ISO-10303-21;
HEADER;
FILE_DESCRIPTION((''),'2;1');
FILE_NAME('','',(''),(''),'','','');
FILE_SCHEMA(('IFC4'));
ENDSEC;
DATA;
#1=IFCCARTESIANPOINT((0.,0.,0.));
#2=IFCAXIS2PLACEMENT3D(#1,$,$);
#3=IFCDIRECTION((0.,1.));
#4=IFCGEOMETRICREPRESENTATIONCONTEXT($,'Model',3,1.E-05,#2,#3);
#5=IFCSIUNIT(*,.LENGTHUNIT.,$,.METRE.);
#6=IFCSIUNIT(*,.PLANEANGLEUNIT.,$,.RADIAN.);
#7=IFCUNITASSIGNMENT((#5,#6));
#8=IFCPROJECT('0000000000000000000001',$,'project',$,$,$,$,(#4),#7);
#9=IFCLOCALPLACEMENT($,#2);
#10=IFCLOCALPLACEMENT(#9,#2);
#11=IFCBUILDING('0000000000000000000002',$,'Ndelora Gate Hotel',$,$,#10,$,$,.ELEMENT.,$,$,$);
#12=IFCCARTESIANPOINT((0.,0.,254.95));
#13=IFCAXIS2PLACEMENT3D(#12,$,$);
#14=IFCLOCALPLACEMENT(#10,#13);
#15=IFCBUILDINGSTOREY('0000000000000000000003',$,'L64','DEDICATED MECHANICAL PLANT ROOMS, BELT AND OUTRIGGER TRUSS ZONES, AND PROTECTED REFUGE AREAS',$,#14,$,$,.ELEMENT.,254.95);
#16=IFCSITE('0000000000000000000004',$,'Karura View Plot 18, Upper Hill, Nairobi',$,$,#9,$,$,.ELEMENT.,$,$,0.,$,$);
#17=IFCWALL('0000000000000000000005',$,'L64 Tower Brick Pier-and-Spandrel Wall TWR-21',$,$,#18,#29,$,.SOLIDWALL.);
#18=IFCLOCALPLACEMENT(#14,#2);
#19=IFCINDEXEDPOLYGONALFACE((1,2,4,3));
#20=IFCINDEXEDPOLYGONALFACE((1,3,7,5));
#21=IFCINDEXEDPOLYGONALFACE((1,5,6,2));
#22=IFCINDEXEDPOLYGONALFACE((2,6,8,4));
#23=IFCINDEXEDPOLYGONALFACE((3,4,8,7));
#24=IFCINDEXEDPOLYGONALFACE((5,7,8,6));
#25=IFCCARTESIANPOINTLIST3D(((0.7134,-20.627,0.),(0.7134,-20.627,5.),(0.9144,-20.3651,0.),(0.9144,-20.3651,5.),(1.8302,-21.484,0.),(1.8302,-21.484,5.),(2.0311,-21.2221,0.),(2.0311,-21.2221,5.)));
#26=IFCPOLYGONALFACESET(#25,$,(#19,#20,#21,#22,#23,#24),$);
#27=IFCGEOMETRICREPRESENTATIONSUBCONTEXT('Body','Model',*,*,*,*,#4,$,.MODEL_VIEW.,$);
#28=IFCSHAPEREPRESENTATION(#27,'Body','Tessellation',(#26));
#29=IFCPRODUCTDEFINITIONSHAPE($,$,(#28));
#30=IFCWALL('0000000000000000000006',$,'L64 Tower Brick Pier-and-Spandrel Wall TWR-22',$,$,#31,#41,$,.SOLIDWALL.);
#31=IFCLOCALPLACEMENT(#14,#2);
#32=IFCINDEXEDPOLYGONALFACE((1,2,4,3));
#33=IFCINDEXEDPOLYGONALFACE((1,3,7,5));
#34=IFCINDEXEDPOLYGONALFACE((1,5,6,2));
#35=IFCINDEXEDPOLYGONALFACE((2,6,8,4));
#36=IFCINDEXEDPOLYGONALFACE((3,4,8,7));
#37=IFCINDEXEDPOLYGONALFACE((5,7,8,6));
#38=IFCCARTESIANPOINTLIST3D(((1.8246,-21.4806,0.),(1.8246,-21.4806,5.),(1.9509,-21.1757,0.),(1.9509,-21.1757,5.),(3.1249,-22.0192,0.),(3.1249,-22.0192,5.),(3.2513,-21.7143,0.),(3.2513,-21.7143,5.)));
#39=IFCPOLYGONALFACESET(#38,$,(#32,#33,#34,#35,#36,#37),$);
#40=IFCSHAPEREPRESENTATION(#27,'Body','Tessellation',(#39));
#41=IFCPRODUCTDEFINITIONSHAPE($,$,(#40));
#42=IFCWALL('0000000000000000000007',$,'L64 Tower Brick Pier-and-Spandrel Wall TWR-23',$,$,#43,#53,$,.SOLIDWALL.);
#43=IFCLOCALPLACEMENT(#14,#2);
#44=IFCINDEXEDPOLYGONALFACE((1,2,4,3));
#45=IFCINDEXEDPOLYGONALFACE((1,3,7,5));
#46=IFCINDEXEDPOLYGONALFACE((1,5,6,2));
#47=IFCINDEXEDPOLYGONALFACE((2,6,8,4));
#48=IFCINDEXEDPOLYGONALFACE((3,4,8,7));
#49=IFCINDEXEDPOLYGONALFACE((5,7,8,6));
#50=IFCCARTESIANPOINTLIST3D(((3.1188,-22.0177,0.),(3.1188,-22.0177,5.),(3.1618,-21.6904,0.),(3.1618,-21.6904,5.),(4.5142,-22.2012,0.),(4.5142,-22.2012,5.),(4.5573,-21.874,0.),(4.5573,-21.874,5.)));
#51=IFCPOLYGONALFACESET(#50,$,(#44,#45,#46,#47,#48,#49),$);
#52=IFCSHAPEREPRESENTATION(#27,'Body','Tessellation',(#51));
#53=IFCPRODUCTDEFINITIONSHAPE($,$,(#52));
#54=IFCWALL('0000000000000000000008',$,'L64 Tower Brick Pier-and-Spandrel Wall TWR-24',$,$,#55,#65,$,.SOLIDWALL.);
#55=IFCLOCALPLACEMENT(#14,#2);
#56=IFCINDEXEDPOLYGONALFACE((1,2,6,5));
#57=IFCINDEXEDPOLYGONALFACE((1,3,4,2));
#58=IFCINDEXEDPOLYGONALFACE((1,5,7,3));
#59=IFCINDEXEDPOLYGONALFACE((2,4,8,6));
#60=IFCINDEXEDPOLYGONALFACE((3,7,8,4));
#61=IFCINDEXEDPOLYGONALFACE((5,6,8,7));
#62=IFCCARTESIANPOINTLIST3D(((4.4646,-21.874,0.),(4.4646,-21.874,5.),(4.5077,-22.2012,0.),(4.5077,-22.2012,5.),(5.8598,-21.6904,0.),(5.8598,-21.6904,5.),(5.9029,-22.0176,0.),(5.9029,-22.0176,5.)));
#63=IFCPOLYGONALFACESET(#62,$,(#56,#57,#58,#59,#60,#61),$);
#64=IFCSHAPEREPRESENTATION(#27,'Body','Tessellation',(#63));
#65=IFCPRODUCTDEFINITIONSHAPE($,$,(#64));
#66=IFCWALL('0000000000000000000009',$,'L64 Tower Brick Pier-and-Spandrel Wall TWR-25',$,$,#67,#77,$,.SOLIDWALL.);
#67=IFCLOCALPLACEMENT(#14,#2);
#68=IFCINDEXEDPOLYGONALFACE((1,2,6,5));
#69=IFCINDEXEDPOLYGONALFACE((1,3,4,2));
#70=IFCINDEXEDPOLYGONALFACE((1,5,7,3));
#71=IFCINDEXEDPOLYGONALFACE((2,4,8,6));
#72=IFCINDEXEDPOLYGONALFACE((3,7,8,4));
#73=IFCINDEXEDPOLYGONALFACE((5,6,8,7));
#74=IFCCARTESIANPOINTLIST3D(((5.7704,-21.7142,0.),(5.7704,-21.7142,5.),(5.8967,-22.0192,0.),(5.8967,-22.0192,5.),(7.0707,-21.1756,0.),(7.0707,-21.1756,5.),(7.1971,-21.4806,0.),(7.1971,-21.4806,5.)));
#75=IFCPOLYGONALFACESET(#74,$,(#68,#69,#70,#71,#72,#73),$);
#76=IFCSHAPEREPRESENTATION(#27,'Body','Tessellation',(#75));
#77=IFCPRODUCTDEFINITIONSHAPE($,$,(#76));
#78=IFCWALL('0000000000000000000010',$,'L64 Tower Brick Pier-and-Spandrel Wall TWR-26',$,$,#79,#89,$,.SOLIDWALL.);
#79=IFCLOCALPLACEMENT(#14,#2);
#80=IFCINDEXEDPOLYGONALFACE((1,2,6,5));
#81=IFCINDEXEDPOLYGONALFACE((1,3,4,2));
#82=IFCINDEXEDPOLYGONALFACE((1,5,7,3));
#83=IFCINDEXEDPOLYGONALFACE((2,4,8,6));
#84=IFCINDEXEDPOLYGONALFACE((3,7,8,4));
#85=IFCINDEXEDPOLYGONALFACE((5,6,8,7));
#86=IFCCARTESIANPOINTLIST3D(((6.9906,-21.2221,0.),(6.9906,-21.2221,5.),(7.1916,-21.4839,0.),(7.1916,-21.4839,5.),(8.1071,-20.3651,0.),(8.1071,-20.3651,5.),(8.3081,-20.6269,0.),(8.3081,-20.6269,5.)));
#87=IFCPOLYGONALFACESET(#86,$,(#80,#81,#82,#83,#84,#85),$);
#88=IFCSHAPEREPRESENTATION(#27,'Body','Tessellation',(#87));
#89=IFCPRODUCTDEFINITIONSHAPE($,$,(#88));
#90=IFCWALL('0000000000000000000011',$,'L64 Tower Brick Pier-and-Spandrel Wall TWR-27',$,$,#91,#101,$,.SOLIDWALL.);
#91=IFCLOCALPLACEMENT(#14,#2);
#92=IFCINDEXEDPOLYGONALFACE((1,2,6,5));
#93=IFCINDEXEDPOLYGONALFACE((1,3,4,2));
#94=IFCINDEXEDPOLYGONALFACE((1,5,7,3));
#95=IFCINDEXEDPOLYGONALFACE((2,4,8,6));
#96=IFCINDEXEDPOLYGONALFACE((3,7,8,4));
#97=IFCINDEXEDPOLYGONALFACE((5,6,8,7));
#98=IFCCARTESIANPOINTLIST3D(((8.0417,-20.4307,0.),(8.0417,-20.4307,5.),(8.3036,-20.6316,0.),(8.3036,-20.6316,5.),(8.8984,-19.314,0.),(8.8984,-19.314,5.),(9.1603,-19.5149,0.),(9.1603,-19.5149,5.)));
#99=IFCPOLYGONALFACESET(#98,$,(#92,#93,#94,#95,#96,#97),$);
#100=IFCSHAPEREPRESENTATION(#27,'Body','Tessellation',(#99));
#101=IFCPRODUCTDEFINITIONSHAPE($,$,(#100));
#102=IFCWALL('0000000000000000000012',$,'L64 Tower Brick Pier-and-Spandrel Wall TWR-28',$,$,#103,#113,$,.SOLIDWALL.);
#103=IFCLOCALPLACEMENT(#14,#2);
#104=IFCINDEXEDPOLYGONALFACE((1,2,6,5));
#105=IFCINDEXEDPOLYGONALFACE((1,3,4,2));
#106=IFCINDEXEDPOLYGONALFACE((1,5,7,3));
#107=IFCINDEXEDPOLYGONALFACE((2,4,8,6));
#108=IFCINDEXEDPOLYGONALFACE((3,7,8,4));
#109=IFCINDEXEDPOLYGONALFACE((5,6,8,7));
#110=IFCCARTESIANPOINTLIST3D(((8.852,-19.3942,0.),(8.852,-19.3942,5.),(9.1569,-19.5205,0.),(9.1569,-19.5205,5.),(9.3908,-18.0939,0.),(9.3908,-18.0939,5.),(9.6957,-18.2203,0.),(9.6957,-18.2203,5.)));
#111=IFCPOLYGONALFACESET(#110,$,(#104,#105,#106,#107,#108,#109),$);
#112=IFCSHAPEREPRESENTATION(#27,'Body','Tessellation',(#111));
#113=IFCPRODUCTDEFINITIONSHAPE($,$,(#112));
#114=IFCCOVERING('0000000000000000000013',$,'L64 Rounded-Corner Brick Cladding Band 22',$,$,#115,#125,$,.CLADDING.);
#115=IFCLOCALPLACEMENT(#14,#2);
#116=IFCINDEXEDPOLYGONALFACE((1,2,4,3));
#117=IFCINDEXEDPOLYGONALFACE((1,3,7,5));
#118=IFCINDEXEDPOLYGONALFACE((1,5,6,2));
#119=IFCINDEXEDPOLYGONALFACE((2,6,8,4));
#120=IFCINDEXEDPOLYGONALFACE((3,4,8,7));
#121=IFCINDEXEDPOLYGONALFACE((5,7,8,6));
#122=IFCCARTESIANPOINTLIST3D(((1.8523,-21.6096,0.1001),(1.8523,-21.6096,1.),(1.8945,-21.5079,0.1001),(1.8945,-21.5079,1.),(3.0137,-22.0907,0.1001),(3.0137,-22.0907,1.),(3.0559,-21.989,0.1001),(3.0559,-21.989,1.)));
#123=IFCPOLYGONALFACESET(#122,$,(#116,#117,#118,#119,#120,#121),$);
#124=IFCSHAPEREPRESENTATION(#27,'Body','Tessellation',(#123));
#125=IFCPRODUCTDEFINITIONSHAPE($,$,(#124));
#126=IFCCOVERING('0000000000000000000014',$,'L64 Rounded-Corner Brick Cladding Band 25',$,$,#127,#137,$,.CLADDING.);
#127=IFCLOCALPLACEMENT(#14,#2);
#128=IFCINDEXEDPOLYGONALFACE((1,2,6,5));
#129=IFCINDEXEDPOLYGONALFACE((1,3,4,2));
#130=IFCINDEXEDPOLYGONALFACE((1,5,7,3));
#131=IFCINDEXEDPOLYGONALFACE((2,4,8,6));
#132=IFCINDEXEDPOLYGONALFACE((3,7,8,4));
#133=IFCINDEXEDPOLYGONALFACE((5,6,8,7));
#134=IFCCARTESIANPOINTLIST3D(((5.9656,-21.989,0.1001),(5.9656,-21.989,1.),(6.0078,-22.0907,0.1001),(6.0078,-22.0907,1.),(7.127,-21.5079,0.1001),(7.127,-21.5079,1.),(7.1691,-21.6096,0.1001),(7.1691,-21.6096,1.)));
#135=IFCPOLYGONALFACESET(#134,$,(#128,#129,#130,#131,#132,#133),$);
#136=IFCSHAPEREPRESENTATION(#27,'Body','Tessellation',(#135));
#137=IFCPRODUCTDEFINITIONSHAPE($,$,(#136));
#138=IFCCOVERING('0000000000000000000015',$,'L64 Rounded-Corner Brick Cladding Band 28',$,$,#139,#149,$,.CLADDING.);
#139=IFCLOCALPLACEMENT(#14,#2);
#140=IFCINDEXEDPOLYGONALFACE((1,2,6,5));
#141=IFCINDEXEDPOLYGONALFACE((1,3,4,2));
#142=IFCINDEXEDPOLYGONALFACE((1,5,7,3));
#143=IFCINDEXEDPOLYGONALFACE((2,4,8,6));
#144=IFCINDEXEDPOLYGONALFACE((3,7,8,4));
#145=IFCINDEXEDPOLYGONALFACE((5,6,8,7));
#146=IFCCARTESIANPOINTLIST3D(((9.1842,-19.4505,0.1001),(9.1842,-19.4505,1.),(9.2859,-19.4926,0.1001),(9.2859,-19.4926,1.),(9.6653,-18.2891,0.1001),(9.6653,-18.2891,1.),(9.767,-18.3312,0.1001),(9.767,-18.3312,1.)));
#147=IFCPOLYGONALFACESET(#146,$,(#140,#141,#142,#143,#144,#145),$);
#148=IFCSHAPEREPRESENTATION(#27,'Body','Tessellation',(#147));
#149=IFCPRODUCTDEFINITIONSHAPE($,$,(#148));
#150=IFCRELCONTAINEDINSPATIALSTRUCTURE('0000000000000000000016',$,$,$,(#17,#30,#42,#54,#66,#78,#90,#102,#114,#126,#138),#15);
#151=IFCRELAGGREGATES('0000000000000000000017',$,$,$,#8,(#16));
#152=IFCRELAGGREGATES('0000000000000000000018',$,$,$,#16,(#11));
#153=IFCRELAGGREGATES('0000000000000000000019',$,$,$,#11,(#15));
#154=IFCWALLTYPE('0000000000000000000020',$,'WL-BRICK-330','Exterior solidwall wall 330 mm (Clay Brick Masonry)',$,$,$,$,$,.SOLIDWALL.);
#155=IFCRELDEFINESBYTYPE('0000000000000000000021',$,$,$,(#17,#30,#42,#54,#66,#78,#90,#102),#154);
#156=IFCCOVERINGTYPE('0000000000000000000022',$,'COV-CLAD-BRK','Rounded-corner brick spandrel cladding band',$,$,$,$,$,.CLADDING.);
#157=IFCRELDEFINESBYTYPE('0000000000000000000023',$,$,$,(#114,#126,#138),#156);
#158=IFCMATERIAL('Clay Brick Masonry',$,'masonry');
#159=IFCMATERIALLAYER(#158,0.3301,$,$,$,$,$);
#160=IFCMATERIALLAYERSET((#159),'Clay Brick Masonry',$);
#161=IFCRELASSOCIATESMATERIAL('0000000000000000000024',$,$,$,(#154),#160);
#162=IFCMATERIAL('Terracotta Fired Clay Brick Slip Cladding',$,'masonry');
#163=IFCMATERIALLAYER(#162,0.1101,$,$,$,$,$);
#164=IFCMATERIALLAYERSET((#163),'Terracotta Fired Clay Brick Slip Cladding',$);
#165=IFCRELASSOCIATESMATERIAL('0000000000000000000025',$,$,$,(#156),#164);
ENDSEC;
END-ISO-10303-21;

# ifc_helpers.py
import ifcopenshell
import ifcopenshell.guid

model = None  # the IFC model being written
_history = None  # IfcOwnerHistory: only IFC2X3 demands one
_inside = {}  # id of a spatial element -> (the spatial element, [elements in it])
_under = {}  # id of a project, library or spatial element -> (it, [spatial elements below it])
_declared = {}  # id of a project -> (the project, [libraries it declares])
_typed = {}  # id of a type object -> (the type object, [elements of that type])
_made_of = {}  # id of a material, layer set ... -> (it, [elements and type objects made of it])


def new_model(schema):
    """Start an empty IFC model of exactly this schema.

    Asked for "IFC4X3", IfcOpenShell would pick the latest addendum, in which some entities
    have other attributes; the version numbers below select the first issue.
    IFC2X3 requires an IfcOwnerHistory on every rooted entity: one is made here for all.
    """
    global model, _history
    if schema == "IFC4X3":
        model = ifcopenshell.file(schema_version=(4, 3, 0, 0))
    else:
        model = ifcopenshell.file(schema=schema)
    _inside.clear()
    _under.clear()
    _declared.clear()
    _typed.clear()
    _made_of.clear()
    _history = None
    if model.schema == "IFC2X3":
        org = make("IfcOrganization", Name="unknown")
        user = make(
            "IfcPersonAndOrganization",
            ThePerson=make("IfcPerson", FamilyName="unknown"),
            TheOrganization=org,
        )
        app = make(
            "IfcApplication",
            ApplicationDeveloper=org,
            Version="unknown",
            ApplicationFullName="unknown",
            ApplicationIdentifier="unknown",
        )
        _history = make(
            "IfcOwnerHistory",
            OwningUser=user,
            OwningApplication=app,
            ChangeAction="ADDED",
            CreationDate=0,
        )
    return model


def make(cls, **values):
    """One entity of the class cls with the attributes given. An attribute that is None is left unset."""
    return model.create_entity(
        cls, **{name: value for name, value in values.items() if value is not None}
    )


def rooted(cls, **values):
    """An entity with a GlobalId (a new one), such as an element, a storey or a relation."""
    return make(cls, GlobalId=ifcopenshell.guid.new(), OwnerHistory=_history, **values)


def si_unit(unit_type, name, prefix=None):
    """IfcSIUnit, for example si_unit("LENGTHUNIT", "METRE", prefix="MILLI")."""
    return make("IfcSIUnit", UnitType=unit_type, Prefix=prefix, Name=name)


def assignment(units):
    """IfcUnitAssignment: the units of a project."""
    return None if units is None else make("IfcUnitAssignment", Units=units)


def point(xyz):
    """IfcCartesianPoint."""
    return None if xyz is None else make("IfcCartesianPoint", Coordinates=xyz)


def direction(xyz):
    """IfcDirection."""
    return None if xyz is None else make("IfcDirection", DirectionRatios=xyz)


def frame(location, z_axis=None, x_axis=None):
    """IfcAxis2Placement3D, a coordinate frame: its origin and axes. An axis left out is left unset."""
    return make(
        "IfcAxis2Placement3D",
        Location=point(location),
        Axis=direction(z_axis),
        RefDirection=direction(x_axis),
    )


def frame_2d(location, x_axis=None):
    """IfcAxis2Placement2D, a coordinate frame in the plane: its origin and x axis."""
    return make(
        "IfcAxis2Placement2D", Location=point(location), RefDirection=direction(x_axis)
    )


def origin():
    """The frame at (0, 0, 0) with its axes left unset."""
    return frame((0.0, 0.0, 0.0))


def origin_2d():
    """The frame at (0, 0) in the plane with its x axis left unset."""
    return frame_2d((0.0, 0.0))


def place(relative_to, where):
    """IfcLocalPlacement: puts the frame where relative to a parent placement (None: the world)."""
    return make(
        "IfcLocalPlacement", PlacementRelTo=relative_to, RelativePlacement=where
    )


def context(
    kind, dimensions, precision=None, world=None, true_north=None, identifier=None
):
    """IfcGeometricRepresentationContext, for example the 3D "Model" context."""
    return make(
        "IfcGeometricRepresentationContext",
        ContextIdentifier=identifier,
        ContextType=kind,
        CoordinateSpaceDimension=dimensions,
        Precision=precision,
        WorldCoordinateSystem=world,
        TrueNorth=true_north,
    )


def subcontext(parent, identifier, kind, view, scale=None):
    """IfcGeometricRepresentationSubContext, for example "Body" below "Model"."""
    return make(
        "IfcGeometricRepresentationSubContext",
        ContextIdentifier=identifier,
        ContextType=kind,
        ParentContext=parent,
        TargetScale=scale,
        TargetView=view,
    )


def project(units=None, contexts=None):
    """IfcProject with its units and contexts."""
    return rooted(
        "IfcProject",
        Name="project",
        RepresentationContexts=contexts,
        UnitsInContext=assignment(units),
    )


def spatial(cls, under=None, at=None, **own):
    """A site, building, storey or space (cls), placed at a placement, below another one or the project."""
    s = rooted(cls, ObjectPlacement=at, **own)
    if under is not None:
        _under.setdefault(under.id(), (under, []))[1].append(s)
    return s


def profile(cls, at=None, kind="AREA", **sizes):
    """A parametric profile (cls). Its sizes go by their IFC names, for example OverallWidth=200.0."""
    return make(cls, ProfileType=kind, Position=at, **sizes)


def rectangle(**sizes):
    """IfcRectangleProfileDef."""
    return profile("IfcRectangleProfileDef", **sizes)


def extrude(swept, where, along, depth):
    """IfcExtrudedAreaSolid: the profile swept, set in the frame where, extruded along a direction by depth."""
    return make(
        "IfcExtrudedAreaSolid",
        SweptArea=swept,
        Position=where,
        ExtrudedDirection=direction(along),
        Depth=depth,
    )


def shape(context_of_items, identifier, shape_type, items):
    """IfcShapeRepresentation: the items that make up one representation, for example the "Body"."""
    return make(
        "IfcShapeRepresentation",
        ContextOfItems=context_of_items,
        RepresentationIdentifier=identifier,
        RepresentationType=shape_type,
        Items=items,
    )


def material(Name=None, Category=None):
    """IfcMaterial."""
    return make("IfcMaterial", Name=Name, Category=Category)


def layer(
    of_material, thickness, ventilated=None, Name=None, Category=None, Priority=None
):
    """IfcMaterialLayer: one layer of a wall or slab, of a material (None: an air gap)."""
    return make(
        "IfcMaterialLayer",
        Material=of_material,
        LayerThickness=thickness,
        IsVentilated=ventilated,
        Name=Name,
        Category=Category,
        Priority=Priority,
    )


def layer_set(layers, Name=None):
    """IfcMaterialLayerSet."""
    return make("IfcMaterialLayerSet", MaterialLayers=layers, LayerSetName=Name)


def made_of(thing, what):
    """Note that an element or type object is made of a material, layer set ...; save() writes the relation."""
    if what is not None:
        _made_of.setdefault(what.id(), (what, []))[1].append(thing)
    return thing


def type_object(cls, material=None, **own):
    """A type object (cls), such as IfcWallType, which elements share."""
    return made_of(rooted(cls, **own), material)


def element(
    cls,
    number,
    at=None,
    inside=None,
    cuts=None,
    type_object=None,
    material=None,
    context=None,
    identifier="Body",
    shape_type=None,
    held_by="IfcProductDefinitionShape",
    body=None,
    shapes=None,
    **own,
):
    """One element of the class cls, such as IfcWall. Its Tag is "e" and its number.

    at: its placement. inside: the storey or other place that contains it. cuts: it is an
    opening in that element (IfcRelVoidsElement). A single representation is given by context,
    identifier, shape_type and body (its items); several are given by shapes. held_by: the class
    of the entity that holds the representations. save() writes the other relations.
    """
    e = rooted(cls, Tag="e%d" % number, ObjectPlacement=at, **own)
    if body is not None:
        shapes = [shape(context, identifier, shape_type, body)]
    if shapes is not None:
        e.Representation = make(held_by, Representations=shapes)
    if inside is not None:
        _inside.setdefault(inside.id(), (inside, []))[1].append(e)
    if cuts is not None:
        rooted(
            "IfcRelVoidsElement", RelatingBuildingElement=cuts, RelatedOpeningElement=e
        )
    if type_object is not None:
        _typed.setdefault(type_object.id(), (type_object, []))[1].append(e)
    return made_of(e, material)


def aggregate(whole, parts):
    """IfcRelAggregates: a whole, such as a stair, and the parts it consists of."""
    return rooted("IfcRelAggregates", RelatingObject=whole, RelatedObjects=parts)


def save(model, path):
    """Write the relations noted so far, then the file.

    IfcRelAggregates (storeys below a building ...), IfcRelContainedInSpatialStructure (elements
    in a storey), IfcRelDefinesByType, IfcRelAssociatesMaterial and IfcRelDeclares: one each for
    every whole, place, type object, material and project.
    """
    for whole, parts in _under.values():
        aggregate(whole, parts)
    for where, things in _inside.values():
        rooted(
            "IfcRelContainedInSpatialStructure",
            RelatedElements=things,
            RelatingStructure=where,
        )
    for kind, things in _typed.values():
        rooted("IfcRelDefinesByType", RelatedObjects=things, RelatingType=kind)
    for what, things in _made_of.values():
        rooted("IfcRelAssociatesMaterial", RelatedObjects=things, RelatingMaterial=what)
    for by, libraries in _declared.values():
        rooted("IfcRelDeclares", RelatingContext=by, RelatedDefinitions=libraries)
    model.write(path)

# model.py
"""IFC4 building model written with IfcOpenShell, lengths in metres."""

from ifc_helpers import new_model, si_unit, direction, frame, frame_2d, origin, origin_2d, place, context, subcontext, project, spatial, rectangle, extrude, material, layer, layer_set, type_object, element, save


model = new_model("IFC4")

# Units and contexts
model_context = context("Model", 3, precision=1e-05, world=origin(), true_north=direction((0.0, 1.0)))
body_context = subcontext(model_context, "Body", "Model", "MODEL_VIEW")
ifc_project = project(units=[si_unit("LENGTHUNIT", "METRE"), si_unit("PLANEANGLEUNIT", "RADIAN")], contexts=[model_context])

# Site, building, storey
site_placement = place(None, origin())
site = spatial("IfcSite", under=ifc_project, at=site_placement, Name="Karura View Plot 18, Upper Hill, Nairobi", CompositionType="ELEMENT", RefElevation=0.0)
building_placement = place(site_placement, origin())
building = spatial("IfcBuilding", under=site, at=building_placement, Name="Ndelora Gate Hotel", CompositionType="ELEMENT")
storey_placement = place(building_placement, frame((0.0, 0.0, 254.95)))
storey = spatial("IfcBuildingStorey", under=building, at=storey_placement, Name="L64", Description="DEDICATED MECHANICAL PLANT ROOMS, BELT AND OUTRIGGER TRUSS ZONES, AND PROTECTED REFUGE AREAS", CompositionType="ELEMENT", Elevation=254.95)

# Walls
ifc_material_1 = material(Name="Clay Brick Masonry", Category="masonry")
ifc_layer_1 = layer(ifc_material_1, 0.3301)
ifc_layer_set_1 = layer_set([ifc_layer_1], Name="Clay Brick Masonry")
wall_type = type_object("IfcWallType", Name="WL-BRICK-330", Description="Exterior solidwall wall 330 mm (Clay Brick Masonry)", PredefinedType="SOLIDWALL", material=ifc_layer_set_1)
wall_1_placement = place(storey_placement, frame((1.9307, -21.353, 0.0), z_axis=(0.0, 0.0, 1.0), x_axis=(-0.793333, 0.608788, 0.0)))
element("IfcWall", 1, at=wall_1_placement, inside=storey, type_object=wall_type, Name="L64 Tower Brick Pier-and-Spandrel Wall TWR-21", PredefinedType="SOLIDWALL", context=body_context, shape_type="SweptSolid", body=[
    extrude(rectangle(XDim=1.4077, YDim=0.3301, at=frame_2d((0.7039, 0.0))), origin(), (0.0, 0.0, 1.0), 5.0),
])
for number, where, z_axis, x_axis, name in (
    (2, (3.188, -21.8667, 0.0), (0.0, 0.0, 1.0), (-0.923886, 0.382668, 0.0), "L64 Tower Brick Pier-and-Spandrel Wall TWR-22"),
    (3, (4.5356, -22.0376, 0.0), (0.0, 0.0, 1.0), (-0.991457, 0.130437, 0.0), "L64 Tower Brick Pier-and-Spandrel Wall TWR-23"),
):
    element("IfcWall", number, at=place(storey_placement, frame(where, z_axis=z_axis, x_axis=x_axis)), inside=storey, type_object=wall_type, Name=name, PredefinedType="SOLIDWALL", context=body_context, shape_type="SweptSolid", body=[
        extrude(rectangle(XDim=1.4075, YDim=0.3301, at=frame_2d((0.7036, 0.0))), origin(), (0.0, 0.0, 1.0), 5.0),
    ])
wall_2_placement = place(storey_placement, frame((5.8813, -21.854, 0.0), z_axis=(0.0, 0.0, 1.0), x_axis=(-0.991454, -0.130459, 0.0)))
element("IfcWall", 4, at=wall_2_placement, inside=storey, type_object=wall_type, Name="L64 Tower Brick Pier-and-Spandrel Wall TWR-24", PredefinedType="SOLIDWALL", context=body_context, shape_type="SweptSolid", body=[
    extrude(rectangle(XDim=1.4072, YDim=0.3301, at=frame_2d((0.7036, 0.0))), origin(), (0.0, 0.0, 1.0), 5.0),
])
for number, where, z_axis, x_axis, name in (
    (5, (7.1338, -21.3281, 0.0), (0.0, 0.0, 1.0), (-0.923886, -0.382668, 0.0), "L64 Tower Brick Pier-and-Spandrel Wall TWR-25"),
    (6, (8.2075, -20.4961, 0.0), (0.0, 0.0, 1.0), (-0.793268, -0.608872, 0.0), "L64 Tower Brick Pier-and-Spandrel Wall TWR-26"),
    (7, (9.0293, -19.4146, 0.0), (0.0, 0.0, 1.0), (-0.608679, -0.793416, 0.0), "L64 Tower Brick Pier-and-Spandrel Wall TWR-27"),
    (8, (9.5432, -18.1572, 0.0), (0.0, 0.0, 1.0), (-0.382816, -0.923824, 0.0), "L64 Tower Brick Pier-and-Spandrel Wall TWR-28"),
):
    element("IfcWall", number, at=place(storey_placement, frame(where, z_axis=z_axis, x_axis=x_axis)), inside=storey, type_object=wall_type, Name=name, PredefinedType="SOLIDWALL", context=body_context, shape_type="SweptSolid", body=[
        extrude(rectangle(XDim=1.4075, YDim=0.3301, at=frame_2d((0.7036, 0.0))), origin(), (0.0, 0.0, 1.0), 5.0),
    ])

# Coverings
ifc_material_2 = material(Name="Terracotta Fired Clay Brick Slip Cladding", Category="masonry")
ifc_layer_2 = layer(ifc_material_2, 0.1101)
ifc_layer_set_2 = layer_set([ifc_layer_2], Name="Terracotta Fired Clay Brick Slip Cladding")
covering_type = type_object("IfcCoveringType", Name="COV-CLAD-BRK", Description="Rounded-corner brick spandrel cladding band", PredefinedType="CLADDING", material=ifc_layer_set_2)
for number, where, z_axis, x_axis, name in (
    (9, (2.4541, -21.7993, 0.1001), (0.0, 0.0, 1.0), (-0.92388, 0.382683, 0.0), "L64 Rounded-Corner Brick Cladding Band 22"),
    (10, (6.5674, -21.7993, 0.1001), (0.0, 0.0, 1.0), (0.92388, 0.382683, 0.0), "L64 Rounded-Corner Brick Cladding Band 25"),
    (11, (9.4756, -18.8909, 0.1001), (0.0, 0.0, 1.0), (0.382683, 0.92388, 0.0), "L64 Rounded-Corner Brick Cladding Band 28"),
):
    element("IfcCovering", number, at=place(storey_placement, frame(where, z_axis=z_axis, x_axis=x_axis)), inside=storey, type_object=covering_type, Name=name, PredefinedType="CLADDING", context=body_context, shape_type="SweptSolid", body=[
        extrude(rectangle(XDim=1.2571, YDim=0.1101, at=origin_2d()), origin(), (0.0, 0.0, 1.0), 0.8999),
    ])

save(model, "model.ifc")
